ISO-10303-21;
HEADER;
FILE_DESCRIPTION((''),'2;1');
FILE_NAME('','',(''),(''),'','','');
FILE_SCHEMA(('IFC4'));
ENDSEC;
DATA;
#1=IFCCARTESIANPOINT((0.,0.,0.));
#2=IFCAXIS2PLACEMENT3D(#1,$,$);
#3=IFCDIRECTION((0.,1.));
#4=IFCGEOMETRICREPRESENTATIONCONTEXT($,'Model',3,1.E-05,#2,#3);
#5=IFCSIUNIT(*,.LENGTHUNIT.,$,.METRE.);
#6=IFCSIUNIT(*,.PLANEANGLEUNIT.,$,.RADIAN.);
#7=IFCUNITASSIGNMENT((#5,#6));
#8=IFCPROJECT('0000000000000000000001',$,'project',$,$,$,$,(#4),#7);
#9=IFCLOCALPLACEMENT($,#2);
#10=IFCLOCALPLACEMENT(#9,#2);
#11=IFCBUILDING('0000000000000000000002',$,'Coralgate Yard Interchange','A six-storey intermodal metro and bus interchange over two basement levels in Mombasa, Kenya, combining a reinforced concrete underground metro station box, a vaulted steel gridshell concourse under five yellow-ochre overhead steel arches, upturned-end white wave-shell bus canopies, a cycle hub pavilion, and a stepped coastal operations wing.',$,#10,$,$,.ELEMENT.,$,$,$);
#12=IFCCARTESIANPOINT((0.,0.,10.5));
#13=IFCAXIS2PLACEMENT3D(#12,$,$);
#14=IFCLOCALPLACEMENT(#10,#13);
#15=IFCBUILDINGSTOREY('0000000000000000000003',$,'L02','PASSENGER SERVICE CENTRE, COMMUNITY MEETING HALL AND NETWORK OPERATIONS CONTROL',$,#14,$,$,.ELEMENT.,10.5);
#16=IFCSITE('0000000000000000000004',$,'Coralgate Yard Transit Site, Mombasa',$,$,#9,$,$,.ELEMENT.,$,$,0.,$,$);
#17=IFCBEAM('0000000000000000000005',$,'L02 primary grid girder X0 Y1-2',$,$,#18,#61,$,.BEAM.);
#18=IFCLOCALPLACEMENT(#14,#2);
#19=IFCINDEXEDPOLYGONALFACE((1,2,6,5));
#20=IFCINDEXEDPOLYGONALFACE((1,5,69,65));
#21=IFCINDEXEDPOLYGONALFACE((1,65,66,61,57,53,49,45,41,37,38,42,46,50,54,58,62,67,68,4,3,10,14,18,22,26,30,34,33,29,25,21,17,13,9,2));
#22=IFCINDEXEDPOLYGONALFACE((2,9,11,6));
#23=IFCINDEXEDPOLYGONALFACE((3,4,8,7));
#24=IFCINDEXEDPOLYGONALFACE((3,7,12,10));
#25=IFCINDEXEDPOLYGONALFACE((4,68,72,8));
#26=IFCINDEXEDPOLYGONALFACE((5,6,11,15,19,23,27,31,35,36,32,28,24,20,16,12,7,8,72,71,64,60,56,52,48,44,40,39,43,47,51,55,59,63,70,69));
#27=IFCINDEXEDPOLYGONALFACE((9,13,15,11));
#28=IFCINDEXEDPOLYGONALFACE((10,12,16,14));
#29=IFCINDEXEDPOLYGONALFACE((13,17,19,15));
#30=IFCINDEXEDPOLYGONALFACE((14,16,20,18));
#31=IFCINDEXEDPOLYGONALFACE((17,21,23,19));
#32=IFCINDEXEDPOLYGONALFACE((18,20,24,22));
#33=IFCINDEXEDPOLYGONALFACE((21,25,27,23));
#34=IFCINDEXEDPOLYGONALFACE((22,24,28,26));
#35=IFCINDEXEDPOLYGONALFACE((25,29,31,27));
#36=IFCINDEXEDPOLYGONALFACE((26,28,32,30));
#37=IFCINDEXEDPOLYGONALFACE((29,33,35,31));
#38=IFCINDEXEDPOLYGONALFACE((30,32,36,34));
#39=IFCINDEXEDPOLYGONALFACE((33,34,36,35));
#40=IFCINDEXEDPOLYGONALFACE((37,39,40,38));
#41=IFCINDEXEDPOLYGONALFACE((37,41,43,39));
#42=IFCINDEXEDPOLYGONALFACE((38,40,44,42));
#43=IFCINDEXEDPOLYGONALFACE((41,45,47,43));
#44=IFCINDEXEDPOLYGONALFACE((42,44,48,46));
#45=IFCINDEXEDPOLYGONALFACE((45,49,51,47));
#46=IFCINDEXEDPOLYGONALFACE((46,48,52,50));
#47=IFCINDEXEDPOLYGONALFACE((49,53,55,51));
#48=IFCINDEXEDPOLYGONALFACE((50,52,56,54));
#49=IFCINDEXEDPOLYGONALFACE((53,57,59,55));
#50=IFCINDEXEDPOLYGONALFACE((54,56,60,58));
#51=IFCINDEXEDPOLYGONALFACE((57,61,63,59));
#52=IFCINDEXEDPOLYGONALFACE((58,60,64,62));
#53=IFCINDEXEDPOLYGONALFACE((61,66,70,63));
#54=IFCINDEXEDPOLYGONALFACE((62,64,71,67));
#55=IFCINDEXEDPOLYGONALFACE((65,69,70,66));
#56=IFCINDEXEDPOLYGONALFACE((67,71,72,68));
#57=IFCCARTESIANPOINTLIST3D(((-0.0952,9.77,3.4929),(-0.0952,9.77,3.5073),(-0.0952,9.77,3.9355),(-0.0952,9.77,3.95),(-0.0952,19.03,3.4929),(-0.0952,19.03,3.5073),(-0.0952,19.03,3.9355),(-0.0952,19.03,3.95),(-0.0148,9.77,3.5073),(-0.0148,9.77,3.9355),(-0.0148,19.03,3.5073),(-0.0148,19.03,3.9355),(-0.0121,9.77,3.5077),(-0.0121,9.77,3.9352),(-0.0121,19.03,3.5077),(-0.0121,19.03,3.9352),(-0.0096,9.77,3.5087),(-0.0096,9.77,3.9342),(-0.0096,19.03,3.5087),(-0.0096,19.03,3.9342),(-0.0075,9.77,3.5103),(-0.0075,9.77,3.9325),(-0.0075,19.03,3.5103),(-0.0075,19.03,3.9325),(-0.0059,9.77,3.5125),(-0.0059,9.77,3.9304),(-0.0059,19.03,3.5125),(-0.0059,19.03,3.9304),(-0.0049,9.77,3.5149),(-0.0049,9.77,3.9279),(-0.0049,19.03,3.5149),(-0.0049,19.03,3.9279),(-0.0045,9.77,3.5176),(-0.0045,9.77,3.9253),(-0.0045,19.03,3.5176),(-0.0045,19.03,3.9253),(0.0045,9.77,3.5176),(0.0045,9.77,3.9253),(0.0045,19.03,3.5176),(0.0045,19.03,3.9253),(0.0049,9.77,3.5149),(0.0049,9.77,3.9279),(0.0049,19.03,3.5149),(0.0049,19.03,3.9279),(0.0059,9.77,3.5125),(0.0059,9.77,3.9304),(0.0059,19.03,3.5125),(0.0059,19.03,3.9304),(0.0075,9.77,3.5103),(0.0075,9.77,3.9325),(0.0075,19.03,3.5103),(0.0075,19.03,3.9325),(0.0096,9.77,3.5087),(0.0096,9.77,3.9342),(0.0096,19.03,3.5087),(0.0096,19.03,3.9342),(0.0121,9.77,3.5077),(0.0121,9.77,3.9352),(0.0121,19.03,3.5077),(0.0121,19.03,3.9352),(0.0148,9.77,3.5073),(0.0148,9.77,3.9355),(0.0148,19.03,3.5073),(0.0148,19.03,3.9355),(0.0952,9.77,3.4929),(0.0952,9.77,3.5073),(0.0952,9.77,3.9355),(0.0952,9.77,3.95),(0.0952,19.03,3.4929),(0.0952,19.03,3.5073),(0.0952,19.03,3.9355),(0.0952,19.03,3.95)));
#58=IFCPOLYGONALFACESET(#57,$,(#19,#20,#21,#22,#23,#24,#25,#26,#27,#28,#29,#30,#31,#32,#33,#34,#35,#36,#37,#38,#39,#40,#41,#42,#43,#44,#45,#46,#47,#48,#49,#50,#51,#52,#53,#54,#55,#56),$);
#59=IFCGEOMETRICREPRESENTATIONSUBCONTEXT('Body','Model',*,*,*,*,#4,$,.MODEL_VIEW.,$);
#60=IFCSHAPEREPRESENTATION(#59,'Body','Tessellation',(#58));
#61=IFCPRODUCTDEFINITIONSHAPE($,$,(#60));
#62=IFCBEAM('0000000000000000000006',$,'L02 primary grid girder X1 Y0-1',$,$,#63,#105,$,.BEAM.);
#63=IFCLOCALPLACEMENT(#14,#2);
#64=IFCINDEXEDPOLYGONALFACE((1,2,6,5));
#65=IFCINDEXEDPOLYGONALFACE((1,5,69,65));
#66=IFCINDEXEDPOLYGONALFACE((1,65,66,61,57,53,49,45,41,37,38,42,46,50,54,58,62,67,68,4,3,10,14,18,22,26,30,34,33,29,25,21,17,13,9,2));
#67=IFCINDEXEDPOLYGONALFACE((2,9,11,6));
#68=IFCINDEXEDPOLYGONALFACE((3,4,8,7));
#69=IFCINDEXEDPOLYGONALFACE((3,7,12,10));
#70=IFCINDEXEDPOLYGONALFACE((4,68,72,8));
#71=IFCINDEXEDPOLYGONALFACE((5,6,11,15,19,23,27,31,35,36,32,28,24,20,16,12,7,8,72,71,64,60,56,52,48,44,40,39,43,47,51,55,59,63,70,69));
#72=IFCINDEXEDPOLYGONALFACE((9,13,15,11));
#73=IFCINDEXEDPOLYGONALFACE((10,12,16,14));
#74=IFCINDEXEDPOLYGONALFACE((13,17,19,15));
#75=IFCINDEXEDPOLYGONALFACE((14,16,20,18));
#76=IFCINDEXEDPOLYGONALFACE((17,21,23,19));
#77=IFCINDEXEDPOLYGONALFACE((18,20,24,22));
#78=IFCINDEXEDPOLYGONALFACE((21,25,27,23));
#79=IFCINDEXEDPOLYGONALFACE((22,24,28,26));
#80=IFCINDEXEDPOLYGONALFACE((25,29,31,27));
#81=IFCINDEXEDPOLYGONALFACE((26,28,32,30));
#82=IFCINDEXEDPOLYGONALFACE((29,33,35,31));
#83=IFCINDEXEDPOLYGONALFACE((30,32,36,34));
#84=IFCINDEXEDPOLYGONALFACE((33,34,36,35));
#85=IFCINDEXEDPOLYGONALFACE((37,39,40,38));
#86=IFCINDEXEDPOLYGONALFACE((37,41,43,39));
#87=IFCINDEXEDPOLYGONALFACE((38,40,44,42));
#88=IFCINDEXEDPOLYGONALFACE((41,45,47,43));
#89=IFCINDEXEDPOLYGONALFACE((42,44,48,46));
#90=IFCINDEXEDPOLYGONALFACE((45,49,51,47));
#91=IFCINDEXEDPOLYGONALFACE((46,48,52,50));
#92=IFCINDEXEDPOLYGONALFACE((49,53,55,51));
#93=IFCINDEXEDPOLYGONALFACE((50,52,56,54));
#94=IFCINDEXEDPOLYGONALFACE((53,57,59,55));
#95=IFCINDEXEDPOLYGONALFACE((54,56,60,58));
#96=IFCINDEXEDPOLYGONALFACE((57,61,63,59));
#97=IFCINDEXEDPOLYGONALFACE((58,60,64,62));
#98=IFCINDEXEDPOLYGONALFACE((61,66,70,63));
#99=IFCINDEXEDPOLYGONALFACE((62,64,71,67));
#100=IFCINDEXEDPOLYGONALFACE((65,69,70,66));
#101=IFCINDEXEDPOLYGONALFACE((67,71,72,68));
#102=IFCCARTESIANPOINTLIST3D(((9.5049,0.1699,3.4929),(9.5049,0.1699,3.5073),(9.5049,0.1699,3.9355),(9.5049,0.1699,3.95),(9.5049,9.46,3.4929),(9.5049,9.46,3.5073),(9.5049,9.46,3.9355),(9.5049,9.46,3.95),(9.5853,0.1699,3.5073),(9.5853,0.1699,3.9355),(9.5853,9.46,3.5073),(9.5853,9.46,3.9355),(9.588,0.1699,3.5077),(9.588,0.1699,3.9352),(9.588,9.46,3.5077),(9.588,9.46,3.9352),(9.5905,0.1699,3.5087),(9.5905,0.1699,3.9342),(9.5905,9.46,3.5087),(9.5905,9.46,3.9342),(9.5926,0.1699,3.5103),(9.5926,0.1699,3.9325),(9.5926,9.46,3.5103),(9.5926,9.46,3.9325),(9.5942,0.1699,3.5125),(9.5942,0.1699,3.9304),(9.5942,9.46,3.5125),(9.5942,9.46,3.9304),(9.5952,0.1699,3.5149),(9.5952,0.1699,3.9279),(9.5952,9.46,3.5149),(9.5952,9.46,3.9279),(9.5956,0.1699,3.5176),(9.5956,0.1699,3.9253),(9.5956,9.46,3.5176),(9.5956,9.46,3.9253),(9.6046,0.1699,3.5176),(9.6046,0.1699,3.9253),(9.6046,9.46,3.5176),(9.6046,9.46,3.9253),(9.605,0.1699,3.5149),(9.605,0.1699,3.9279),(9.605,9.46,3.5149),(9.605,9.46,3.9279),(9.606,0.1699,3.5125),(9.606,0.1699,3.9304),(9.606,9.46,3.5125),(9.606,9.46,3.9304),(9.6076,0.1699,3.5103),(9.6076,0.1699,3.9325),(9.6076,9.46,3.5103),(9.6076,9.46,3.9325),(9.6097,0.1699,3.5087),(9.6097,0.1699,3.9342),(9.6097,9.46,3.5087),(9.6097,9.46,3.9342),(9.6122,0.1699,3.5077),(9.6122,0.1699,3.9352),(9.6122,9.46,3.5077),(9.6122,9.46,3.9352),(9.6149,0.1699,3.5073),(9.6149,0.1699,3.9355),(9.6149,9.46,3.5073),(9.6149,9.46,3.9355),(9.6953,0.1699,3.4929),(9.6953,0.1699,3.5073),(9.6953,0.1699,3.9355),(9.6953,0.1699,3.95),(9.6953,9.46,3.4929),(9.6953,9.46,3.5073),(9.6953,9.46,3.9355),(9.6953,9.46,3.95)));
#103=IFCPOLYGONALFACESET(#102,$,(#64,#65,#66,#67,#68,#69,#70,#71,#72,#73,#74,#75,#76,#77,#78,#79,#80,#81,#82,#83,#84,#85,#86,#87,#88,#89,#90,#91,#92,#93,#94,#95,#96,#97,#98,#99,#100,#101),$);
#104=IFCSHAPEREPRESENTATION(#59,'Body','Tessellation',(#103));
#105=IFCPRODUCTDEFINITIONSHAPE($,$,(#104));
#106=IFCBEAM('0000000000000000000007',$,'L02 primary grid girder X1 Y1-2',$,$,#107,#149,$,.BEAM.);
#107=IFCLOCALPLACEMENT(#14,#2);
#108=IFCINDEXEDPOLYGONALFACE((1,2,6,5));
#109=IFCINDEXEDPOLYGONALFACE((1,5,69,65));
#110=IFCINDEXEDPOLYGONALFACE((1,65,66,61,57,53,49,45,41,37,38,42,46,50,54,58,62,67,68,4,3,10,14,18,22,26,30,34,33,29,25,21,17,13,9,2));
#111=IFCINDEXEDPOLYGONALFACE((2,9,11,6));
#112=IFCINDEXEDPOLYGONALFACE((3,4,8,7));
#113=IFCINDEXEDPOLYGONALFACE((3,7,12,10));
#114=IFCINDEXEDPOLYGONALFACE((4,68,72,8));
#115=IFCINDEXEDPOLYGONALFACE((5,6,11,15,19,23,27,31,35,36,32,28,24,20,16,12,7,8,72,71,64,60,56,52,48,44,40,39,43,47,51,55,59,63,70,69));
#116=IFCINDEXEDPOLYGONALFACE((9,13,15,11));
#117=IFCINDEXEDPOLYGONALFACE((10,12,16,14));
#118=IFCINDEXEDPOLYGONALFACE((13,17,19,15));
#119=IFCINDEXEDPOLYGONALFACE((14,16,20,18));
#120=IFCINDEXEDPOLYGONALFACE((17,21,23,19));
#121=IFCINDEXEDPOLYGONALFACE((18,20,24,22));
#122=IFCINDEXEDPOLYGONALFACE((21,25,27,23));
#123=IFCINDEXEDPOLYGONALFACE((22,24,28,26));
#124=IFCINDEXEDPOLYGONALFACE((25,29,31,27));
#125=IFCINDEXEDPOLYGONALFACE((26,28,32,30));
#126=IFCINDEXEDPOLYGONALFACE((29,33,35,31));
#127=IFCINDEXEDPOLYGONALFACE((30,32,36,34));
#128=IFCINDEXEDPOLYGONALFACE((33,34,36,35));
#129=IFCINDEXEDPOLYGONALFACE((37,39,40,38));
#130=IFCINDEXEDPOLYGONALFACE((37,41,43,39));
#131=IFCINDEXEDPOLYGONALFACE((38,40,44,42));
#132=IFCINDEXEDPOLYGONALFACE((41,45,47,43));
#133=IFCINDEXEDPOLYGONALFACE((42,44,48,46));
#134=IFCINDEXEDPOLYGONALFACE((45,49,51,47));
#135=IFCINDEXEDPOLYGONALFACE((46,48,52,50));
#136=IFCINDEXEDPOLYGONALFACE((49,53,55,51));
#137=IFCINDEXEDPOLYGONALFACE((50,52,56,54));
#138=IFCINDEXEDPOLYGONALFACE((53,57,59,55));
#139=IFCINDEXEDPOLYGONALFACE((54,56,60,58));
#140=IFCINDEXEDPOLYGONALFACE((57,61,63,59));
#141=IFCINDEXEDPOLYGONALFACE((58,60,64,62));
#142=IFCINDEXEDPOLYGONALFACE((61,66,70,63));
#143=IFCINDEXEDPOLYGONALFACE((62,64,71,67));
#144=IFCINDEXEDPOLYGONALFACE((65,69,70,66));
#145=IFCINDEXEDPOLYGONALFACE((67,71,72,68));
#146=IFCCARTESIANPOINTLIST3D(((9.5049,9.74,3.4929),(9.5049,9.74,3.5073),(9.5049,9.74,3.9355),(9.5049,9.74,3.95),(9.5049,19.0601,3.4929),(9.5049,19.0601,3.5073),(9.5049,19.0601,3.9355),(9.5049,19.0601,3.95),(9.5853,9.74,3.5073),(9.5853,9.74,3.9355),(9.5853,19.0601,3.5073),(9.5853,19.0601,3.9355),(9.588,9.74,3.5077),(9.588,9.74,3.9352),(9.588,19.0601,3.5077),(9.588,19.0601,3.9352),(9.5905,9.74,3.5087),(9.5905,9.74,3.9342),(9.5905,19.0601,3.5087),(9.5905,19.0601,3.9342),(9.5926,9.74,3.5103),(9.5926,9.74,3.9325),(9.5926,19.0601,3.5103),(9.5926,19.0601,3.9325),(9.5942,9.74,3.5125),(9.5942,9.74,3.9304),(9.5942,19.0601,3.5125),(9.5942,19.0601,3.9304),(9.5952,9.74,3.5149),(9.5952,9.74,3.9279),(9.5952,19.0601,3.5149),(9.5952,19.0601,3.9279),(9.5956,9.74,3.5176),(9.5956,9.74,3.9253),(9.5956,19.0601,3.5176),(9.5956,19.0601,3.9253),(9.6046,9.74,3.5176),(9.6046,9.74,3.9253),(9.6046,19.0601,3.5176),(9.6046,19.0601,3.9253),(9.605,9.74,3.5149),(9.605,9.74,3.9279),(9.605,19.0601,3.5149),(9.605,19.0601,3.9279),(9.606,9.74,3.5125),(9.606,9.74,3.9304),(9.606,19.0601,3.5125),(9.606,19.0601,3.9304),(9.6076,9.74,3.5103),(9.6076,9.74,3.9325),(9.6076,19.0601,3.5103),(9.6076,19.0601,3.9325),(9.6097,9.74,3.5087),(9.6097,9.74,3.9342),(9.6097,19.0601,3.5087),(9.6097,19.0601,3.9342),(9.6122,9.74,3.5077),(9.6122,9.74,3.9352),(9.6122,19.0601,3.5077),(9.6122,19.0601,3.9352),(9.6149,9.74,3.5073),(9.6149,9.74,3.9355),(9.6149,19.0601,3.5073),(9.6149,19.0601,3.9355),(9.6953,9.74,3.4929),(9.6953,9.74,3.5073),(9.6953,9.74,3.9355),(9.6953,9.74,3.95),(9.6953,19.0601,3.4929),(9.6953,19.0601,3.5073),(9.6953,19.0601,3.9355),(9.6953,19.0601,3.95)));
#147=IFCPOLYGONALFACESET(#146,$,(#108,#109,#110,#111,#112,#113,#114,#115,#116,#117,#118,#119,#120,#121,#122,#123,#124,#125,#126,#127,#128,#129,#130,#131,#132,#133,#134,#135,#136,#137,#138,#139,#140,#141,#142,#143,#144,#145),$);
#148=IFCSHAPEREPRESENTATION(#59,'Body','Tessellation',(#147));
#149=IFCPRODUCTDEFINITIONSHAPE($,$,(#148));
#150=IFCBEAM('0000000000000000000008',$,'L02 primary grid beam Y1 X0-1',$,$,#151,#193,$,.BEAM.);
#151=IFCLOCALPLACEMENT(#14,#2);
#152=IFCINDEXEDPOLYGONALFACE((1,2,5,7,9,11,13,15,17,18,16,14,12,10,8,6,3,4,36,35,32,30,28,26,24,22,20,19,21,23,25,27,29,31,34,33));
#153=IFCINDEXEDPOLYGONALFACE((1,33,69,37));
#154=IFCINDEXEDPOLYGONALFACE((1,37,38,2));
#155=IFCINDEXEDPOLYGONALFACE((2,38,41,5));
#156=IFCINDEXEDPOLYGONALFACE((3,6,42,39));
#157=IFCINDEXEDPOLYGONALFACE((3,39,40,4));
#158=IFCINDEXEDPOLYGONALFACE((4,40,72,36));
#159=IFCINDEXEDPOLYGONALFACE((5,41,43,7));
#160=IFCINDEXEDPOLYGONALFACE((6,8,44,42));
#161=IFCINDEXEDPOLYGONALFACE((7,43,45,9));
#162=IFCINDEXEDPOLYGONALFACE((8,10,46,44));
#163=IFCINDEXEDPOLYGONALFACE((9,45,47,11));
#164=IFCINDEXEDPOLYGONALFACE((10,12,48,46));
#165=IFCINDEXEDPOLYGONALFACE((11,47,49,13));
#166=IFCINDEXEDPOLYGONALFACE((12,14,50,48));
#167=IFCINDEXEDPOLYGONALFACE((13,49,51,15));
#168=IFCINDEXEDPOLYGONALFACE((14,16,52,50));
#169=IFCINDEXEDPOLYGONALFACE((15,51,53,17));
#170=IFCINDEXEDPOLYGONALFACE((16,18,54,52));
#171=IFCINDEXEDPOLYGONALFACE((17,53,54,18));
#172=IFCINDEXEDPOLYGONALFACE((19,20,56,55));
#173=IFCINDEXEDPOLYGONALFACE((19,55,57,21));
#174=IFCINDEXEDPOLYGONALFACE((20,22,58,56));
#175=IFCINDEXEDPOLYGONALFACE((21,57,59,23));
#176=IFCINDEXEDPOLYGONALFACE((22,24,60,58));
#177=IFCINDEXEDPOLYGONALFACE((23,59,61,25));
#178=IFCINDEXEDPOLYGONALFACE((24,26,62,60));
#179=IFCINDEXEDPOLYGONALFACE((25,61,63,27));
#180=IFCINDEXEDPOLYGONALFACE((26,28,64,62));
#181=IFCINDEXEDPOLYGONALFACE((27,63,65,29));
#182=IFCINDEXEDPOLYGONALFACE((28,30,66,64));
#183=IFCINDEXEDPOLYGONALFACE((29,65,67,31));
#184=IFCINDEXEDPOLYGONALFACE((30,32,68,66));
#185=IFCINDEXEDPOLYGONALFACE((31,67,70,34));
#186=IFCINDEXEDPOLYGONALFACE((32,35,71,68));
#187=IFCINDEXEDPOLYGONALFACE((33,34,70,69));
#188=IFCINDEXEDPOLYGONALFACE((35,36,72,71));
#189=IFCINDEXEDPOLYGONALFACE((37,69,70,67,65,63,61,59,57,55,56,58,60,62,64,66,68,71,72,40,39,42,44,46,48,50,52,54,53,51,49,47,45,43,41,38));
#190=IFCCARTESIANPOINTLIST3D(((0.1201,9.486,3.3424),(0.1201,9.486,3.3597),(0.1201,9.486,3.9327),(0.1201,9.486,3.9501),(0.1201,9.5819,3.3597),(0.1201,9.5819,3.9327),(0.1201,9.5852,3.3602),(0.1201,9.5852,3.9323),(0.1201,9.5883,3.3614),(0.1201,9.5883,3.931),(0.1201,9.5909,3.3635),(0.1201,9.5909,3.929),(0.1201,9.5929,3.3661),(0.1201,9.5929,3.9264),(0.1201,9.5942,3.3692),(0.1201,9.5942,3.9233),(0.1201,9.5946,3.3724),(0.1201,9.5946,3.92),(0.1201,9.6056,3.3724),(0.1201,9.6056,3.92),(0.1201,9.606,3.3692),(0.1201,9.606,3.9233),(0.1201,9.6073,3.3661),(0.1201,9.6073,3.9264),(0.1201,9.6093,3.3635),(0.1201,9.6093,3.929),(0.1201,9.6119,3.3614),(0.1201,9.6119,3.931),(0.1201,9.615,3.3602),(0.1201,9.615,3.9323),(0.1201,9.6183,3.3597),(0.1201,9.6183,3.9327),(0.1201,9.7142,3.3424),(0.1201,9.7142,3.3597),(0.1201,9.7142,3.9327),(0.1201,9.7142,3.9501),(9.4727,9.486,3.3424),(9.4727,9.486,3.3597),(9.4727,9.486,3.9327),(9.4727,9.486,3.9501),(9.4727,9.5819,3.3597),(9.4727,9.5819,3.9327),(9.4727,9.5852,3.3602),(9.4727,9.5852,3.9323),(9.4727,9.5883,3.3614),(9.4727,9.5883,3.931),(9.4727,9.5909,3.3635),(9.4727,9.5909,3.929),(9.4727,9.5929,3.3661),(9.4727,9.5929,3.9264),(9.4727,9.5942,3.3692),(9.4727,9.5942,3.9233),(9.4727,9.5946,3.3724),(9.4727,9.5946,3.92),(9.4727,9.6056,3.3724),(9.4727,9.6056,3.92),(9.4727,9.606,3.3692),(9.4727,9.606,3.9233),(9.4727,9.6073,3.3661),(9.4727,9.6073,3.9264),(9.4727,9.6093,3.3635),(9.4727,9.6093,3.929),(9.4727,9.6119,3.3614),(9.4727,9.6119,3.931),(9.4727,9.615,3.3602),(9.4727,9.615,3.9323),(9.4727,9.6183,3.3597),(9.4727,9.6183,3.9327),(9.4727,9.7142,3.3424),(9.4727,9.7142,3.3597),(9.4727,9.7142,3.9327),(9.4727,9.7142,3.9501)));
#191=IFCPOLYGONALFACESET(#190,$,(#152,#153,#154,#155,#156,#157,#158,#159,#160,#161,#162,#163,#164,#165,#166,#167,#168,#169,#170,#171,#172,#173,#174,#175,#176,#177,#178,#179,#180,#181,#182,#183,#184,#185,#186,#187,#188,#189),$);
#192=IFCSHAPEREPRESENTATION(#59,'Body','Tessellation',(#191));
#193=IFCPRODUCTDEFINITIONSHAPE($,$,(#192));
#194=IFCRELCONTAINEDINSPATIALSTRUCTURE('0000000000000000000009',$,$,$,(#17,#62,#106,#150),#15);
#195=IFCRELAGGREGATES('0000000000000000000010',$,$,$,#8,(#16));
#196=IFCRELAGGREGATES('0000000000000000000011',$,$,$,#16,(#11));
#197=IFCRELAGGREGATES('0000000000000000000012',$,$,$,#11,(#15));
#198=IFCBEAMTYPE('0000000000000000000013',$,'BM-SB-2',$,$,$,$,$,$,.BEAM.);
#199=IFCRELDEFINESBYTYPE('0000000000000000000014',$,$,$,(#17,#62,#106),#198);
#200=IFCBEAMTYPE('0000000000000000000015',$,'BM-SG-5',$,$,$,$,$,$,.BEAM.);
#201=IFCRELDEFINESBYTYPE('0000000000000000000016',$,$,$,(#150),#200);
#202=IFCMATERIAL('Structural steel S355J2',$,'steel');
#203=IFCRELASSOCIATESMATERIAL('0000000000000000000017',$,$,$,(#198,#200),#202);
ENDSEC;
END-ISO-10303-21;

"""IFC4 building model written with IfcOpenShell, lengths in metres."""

from ifc_helpers import new_model, si_unit, direction, frame, origin, origin_2d, place, context, subcontext, project, spatial, i_section, extrude, material, material_profile, profile_set, type_object, element, save


model = new_model("IFC4")

# Units and contexts
model_context = context("Model", 3, precision=1e-05, world=origin(), true_north=direction((0.0, 1.0)))
body_context = subcontext(model_context, "Body", "Model", "MODEL_VIEW")
ifc_project = project(units=[si_unit("LENGTHUNIT", "METRE"), si_unit("PLANEANGLEUNIT", "RADIAN")], contexts=[model_context])

# Site, building, storey
site_placement = place(None, origin())
site = spatial("IfcSite", under=ifc_project, at=site_placement, Name="Coralgate Yard Transit Site, Mombasa", CompositionType="ELEMENT", RefElevation=0.0)
building_placement = place(site_placement, origin())
building = spatial("IfcBuilding", under=site, at=building_placement, Name="Coralgate Yard Interchange", Description="A six-storey intermodal metro and bus interchange over two basement levels in Mombasa, Kenya, combining a reinforced concrete underground metro station box, a vaulted steel gridshell concourse under five yellow-ochre overhead steel arches, upturned-end white wave-shell bus canopies, a cycle hub pavilion, and a stepped coastal operations wing.", CompositionType="ELEMENT")
storey_placement = place(building_placement, frame((0.0, 0.0, 10.5)))
storey = spatial("IfcBuildingStorey", under=building, at=storey_placement, Name="L02", Description="PASSENGER SERVICE CENTRE, COMMUNITY MEETING HALL AND NETWORK OPERATIONS CONTROL", CompositionType="ELEMENT", Elevation=10.5)

# Shared definitions
ifc_material_1 = material(Name="Structural steel S355J2", Category="steel")

# Beams
ifc_material_profile_1 = material_profile(ifc_material_1, i_section(OverallWidth=0.1904, OverallDepth=0.457, WebThickness=0.009, FlangeThickness=0.0144, FilletRadius=0.0103, at=origin_2d()), Name="UB 457x191x74")
ifc_profile_set_1 = profile_set([ifc_material_profile_1], Name="Structural steel S355J2")
beam_type_1 = type_object("IfcBeamType", Name="BM-SB-2", PredefinedType="BEAM", material=ifc_profile_set_1)
for number, where, z_axis, x_axis, name in (
    (1, (0.0, 9.77, 3.7214), (0.0, 1.0, 0.0), (-1.0, 0.0, 0.0), "L02 primary grid girder X0 Y1-2"),
):
    element("IfcBeam", number, at=place(storey_placement, frame(where, z_axis=z_axis, x_axis=x_axis)), inside=storey, type_object=beam_type_1, Name=name, PredefinedType="BEAM", context=body_context, shape_type="SweptSolid", body=[
        extrude(i_section(OverallWidth=0.1904, OverallDepth=0.457, WebThickness=0.009, FlangeThickness=0.0144, FilletRadius=0.0103, at=origin_2d()), origin(), (0.0, 0.0, 1.0), 9.26),
    ])
beam_1_placement = place(storey_placement, frame((9.6001, 0.1699, 3.7214), z_axis=(0.0, 1.0, 0.0), x_axis=(-1.0, 0.0, 0.0)))
element("IfcBeam", 2, at=beam_1_placement, inside=storey, type_object=beam_type_1, Name="L02 primary grid girder X1 Y0-1", PredefinedType="BEAM", context=body_context, shape_type="SweptSolid", body=[
    extrude(i_section(OverallWidth=0.1904, OverallDepth=0.457, WebThickness=0.009, FlangeThickness=0.0144, FilletRadius=0.0103, at=origin_2d()), origin(), (0.0, 0.0, 1.0), 9.29),
])
beam_2_placement = place(storey_placement, frame((9.6001, 9.74, 3.7214), z_axis=(0.0, 1.0, 0.0), x_axis=(-1.0, 0.0, 0.0)))
element("IfcBeam", 3, at=beam_2_placement, inside=storey, type_object=beam_type_1, Name="L02 primary grid girder X1 Y1-2", PredefinedType="BEAM", context=body_context, shape_type="SweptSolid", body=[
    extrude(i_section(OverallWidth=0.1904, OverallDepth=0.457, WebThickness=0.009, FlangeThickness=0.0144, FilletRadius=0.0103, at=origin_2d()), origin(), (0.0, 0.0, 1.0), 9.3201),
])
ifc_material_profile_2 = material_profile(ifc_material_1, i_section(OverallWidth=0.2283, OverallDepth=0.6077, WebThickness=0.011, FlangeThickness=0.0173, FilletRadius=0.0127, at=origin_2d()), Name="UB 610x229x113")
ifc_profile_set_2 = profile_set([ifc_material_profile_2], Name="Structural steel S355J2")
beam_type_2 = type_object("IfcBeamType", Name="BM-SG-5", PredefinedType="BEAM", material=ifc_profile_set_2)
beam_3_placement = place(storey_placement, frame((0.1201, 9.6001, 3.6462), z_axis=(1.0, 0.0, 0.0), x_axis=(0.0, 1.0, 0.0)))
element("IfcBeam", 4, at=beam_3_placement, inside=storey, type_object=beam_type_2, Name="L02 primary grid beam Y1 X0-1", PredefinedType="BEAM", context=body_context, shape_type="SweptSolid", body=[
    extrude(i_section(OverallWidth=0.2283, OverallDepth=0.6077, WebThickness=0.011, FlangeThickness=0.0173, FilletRadius=0.0127, at=origin_2d()), origin(), (0.0, 0.0, 1.0), 9.3525),
])

save(model, "model.ifc")
